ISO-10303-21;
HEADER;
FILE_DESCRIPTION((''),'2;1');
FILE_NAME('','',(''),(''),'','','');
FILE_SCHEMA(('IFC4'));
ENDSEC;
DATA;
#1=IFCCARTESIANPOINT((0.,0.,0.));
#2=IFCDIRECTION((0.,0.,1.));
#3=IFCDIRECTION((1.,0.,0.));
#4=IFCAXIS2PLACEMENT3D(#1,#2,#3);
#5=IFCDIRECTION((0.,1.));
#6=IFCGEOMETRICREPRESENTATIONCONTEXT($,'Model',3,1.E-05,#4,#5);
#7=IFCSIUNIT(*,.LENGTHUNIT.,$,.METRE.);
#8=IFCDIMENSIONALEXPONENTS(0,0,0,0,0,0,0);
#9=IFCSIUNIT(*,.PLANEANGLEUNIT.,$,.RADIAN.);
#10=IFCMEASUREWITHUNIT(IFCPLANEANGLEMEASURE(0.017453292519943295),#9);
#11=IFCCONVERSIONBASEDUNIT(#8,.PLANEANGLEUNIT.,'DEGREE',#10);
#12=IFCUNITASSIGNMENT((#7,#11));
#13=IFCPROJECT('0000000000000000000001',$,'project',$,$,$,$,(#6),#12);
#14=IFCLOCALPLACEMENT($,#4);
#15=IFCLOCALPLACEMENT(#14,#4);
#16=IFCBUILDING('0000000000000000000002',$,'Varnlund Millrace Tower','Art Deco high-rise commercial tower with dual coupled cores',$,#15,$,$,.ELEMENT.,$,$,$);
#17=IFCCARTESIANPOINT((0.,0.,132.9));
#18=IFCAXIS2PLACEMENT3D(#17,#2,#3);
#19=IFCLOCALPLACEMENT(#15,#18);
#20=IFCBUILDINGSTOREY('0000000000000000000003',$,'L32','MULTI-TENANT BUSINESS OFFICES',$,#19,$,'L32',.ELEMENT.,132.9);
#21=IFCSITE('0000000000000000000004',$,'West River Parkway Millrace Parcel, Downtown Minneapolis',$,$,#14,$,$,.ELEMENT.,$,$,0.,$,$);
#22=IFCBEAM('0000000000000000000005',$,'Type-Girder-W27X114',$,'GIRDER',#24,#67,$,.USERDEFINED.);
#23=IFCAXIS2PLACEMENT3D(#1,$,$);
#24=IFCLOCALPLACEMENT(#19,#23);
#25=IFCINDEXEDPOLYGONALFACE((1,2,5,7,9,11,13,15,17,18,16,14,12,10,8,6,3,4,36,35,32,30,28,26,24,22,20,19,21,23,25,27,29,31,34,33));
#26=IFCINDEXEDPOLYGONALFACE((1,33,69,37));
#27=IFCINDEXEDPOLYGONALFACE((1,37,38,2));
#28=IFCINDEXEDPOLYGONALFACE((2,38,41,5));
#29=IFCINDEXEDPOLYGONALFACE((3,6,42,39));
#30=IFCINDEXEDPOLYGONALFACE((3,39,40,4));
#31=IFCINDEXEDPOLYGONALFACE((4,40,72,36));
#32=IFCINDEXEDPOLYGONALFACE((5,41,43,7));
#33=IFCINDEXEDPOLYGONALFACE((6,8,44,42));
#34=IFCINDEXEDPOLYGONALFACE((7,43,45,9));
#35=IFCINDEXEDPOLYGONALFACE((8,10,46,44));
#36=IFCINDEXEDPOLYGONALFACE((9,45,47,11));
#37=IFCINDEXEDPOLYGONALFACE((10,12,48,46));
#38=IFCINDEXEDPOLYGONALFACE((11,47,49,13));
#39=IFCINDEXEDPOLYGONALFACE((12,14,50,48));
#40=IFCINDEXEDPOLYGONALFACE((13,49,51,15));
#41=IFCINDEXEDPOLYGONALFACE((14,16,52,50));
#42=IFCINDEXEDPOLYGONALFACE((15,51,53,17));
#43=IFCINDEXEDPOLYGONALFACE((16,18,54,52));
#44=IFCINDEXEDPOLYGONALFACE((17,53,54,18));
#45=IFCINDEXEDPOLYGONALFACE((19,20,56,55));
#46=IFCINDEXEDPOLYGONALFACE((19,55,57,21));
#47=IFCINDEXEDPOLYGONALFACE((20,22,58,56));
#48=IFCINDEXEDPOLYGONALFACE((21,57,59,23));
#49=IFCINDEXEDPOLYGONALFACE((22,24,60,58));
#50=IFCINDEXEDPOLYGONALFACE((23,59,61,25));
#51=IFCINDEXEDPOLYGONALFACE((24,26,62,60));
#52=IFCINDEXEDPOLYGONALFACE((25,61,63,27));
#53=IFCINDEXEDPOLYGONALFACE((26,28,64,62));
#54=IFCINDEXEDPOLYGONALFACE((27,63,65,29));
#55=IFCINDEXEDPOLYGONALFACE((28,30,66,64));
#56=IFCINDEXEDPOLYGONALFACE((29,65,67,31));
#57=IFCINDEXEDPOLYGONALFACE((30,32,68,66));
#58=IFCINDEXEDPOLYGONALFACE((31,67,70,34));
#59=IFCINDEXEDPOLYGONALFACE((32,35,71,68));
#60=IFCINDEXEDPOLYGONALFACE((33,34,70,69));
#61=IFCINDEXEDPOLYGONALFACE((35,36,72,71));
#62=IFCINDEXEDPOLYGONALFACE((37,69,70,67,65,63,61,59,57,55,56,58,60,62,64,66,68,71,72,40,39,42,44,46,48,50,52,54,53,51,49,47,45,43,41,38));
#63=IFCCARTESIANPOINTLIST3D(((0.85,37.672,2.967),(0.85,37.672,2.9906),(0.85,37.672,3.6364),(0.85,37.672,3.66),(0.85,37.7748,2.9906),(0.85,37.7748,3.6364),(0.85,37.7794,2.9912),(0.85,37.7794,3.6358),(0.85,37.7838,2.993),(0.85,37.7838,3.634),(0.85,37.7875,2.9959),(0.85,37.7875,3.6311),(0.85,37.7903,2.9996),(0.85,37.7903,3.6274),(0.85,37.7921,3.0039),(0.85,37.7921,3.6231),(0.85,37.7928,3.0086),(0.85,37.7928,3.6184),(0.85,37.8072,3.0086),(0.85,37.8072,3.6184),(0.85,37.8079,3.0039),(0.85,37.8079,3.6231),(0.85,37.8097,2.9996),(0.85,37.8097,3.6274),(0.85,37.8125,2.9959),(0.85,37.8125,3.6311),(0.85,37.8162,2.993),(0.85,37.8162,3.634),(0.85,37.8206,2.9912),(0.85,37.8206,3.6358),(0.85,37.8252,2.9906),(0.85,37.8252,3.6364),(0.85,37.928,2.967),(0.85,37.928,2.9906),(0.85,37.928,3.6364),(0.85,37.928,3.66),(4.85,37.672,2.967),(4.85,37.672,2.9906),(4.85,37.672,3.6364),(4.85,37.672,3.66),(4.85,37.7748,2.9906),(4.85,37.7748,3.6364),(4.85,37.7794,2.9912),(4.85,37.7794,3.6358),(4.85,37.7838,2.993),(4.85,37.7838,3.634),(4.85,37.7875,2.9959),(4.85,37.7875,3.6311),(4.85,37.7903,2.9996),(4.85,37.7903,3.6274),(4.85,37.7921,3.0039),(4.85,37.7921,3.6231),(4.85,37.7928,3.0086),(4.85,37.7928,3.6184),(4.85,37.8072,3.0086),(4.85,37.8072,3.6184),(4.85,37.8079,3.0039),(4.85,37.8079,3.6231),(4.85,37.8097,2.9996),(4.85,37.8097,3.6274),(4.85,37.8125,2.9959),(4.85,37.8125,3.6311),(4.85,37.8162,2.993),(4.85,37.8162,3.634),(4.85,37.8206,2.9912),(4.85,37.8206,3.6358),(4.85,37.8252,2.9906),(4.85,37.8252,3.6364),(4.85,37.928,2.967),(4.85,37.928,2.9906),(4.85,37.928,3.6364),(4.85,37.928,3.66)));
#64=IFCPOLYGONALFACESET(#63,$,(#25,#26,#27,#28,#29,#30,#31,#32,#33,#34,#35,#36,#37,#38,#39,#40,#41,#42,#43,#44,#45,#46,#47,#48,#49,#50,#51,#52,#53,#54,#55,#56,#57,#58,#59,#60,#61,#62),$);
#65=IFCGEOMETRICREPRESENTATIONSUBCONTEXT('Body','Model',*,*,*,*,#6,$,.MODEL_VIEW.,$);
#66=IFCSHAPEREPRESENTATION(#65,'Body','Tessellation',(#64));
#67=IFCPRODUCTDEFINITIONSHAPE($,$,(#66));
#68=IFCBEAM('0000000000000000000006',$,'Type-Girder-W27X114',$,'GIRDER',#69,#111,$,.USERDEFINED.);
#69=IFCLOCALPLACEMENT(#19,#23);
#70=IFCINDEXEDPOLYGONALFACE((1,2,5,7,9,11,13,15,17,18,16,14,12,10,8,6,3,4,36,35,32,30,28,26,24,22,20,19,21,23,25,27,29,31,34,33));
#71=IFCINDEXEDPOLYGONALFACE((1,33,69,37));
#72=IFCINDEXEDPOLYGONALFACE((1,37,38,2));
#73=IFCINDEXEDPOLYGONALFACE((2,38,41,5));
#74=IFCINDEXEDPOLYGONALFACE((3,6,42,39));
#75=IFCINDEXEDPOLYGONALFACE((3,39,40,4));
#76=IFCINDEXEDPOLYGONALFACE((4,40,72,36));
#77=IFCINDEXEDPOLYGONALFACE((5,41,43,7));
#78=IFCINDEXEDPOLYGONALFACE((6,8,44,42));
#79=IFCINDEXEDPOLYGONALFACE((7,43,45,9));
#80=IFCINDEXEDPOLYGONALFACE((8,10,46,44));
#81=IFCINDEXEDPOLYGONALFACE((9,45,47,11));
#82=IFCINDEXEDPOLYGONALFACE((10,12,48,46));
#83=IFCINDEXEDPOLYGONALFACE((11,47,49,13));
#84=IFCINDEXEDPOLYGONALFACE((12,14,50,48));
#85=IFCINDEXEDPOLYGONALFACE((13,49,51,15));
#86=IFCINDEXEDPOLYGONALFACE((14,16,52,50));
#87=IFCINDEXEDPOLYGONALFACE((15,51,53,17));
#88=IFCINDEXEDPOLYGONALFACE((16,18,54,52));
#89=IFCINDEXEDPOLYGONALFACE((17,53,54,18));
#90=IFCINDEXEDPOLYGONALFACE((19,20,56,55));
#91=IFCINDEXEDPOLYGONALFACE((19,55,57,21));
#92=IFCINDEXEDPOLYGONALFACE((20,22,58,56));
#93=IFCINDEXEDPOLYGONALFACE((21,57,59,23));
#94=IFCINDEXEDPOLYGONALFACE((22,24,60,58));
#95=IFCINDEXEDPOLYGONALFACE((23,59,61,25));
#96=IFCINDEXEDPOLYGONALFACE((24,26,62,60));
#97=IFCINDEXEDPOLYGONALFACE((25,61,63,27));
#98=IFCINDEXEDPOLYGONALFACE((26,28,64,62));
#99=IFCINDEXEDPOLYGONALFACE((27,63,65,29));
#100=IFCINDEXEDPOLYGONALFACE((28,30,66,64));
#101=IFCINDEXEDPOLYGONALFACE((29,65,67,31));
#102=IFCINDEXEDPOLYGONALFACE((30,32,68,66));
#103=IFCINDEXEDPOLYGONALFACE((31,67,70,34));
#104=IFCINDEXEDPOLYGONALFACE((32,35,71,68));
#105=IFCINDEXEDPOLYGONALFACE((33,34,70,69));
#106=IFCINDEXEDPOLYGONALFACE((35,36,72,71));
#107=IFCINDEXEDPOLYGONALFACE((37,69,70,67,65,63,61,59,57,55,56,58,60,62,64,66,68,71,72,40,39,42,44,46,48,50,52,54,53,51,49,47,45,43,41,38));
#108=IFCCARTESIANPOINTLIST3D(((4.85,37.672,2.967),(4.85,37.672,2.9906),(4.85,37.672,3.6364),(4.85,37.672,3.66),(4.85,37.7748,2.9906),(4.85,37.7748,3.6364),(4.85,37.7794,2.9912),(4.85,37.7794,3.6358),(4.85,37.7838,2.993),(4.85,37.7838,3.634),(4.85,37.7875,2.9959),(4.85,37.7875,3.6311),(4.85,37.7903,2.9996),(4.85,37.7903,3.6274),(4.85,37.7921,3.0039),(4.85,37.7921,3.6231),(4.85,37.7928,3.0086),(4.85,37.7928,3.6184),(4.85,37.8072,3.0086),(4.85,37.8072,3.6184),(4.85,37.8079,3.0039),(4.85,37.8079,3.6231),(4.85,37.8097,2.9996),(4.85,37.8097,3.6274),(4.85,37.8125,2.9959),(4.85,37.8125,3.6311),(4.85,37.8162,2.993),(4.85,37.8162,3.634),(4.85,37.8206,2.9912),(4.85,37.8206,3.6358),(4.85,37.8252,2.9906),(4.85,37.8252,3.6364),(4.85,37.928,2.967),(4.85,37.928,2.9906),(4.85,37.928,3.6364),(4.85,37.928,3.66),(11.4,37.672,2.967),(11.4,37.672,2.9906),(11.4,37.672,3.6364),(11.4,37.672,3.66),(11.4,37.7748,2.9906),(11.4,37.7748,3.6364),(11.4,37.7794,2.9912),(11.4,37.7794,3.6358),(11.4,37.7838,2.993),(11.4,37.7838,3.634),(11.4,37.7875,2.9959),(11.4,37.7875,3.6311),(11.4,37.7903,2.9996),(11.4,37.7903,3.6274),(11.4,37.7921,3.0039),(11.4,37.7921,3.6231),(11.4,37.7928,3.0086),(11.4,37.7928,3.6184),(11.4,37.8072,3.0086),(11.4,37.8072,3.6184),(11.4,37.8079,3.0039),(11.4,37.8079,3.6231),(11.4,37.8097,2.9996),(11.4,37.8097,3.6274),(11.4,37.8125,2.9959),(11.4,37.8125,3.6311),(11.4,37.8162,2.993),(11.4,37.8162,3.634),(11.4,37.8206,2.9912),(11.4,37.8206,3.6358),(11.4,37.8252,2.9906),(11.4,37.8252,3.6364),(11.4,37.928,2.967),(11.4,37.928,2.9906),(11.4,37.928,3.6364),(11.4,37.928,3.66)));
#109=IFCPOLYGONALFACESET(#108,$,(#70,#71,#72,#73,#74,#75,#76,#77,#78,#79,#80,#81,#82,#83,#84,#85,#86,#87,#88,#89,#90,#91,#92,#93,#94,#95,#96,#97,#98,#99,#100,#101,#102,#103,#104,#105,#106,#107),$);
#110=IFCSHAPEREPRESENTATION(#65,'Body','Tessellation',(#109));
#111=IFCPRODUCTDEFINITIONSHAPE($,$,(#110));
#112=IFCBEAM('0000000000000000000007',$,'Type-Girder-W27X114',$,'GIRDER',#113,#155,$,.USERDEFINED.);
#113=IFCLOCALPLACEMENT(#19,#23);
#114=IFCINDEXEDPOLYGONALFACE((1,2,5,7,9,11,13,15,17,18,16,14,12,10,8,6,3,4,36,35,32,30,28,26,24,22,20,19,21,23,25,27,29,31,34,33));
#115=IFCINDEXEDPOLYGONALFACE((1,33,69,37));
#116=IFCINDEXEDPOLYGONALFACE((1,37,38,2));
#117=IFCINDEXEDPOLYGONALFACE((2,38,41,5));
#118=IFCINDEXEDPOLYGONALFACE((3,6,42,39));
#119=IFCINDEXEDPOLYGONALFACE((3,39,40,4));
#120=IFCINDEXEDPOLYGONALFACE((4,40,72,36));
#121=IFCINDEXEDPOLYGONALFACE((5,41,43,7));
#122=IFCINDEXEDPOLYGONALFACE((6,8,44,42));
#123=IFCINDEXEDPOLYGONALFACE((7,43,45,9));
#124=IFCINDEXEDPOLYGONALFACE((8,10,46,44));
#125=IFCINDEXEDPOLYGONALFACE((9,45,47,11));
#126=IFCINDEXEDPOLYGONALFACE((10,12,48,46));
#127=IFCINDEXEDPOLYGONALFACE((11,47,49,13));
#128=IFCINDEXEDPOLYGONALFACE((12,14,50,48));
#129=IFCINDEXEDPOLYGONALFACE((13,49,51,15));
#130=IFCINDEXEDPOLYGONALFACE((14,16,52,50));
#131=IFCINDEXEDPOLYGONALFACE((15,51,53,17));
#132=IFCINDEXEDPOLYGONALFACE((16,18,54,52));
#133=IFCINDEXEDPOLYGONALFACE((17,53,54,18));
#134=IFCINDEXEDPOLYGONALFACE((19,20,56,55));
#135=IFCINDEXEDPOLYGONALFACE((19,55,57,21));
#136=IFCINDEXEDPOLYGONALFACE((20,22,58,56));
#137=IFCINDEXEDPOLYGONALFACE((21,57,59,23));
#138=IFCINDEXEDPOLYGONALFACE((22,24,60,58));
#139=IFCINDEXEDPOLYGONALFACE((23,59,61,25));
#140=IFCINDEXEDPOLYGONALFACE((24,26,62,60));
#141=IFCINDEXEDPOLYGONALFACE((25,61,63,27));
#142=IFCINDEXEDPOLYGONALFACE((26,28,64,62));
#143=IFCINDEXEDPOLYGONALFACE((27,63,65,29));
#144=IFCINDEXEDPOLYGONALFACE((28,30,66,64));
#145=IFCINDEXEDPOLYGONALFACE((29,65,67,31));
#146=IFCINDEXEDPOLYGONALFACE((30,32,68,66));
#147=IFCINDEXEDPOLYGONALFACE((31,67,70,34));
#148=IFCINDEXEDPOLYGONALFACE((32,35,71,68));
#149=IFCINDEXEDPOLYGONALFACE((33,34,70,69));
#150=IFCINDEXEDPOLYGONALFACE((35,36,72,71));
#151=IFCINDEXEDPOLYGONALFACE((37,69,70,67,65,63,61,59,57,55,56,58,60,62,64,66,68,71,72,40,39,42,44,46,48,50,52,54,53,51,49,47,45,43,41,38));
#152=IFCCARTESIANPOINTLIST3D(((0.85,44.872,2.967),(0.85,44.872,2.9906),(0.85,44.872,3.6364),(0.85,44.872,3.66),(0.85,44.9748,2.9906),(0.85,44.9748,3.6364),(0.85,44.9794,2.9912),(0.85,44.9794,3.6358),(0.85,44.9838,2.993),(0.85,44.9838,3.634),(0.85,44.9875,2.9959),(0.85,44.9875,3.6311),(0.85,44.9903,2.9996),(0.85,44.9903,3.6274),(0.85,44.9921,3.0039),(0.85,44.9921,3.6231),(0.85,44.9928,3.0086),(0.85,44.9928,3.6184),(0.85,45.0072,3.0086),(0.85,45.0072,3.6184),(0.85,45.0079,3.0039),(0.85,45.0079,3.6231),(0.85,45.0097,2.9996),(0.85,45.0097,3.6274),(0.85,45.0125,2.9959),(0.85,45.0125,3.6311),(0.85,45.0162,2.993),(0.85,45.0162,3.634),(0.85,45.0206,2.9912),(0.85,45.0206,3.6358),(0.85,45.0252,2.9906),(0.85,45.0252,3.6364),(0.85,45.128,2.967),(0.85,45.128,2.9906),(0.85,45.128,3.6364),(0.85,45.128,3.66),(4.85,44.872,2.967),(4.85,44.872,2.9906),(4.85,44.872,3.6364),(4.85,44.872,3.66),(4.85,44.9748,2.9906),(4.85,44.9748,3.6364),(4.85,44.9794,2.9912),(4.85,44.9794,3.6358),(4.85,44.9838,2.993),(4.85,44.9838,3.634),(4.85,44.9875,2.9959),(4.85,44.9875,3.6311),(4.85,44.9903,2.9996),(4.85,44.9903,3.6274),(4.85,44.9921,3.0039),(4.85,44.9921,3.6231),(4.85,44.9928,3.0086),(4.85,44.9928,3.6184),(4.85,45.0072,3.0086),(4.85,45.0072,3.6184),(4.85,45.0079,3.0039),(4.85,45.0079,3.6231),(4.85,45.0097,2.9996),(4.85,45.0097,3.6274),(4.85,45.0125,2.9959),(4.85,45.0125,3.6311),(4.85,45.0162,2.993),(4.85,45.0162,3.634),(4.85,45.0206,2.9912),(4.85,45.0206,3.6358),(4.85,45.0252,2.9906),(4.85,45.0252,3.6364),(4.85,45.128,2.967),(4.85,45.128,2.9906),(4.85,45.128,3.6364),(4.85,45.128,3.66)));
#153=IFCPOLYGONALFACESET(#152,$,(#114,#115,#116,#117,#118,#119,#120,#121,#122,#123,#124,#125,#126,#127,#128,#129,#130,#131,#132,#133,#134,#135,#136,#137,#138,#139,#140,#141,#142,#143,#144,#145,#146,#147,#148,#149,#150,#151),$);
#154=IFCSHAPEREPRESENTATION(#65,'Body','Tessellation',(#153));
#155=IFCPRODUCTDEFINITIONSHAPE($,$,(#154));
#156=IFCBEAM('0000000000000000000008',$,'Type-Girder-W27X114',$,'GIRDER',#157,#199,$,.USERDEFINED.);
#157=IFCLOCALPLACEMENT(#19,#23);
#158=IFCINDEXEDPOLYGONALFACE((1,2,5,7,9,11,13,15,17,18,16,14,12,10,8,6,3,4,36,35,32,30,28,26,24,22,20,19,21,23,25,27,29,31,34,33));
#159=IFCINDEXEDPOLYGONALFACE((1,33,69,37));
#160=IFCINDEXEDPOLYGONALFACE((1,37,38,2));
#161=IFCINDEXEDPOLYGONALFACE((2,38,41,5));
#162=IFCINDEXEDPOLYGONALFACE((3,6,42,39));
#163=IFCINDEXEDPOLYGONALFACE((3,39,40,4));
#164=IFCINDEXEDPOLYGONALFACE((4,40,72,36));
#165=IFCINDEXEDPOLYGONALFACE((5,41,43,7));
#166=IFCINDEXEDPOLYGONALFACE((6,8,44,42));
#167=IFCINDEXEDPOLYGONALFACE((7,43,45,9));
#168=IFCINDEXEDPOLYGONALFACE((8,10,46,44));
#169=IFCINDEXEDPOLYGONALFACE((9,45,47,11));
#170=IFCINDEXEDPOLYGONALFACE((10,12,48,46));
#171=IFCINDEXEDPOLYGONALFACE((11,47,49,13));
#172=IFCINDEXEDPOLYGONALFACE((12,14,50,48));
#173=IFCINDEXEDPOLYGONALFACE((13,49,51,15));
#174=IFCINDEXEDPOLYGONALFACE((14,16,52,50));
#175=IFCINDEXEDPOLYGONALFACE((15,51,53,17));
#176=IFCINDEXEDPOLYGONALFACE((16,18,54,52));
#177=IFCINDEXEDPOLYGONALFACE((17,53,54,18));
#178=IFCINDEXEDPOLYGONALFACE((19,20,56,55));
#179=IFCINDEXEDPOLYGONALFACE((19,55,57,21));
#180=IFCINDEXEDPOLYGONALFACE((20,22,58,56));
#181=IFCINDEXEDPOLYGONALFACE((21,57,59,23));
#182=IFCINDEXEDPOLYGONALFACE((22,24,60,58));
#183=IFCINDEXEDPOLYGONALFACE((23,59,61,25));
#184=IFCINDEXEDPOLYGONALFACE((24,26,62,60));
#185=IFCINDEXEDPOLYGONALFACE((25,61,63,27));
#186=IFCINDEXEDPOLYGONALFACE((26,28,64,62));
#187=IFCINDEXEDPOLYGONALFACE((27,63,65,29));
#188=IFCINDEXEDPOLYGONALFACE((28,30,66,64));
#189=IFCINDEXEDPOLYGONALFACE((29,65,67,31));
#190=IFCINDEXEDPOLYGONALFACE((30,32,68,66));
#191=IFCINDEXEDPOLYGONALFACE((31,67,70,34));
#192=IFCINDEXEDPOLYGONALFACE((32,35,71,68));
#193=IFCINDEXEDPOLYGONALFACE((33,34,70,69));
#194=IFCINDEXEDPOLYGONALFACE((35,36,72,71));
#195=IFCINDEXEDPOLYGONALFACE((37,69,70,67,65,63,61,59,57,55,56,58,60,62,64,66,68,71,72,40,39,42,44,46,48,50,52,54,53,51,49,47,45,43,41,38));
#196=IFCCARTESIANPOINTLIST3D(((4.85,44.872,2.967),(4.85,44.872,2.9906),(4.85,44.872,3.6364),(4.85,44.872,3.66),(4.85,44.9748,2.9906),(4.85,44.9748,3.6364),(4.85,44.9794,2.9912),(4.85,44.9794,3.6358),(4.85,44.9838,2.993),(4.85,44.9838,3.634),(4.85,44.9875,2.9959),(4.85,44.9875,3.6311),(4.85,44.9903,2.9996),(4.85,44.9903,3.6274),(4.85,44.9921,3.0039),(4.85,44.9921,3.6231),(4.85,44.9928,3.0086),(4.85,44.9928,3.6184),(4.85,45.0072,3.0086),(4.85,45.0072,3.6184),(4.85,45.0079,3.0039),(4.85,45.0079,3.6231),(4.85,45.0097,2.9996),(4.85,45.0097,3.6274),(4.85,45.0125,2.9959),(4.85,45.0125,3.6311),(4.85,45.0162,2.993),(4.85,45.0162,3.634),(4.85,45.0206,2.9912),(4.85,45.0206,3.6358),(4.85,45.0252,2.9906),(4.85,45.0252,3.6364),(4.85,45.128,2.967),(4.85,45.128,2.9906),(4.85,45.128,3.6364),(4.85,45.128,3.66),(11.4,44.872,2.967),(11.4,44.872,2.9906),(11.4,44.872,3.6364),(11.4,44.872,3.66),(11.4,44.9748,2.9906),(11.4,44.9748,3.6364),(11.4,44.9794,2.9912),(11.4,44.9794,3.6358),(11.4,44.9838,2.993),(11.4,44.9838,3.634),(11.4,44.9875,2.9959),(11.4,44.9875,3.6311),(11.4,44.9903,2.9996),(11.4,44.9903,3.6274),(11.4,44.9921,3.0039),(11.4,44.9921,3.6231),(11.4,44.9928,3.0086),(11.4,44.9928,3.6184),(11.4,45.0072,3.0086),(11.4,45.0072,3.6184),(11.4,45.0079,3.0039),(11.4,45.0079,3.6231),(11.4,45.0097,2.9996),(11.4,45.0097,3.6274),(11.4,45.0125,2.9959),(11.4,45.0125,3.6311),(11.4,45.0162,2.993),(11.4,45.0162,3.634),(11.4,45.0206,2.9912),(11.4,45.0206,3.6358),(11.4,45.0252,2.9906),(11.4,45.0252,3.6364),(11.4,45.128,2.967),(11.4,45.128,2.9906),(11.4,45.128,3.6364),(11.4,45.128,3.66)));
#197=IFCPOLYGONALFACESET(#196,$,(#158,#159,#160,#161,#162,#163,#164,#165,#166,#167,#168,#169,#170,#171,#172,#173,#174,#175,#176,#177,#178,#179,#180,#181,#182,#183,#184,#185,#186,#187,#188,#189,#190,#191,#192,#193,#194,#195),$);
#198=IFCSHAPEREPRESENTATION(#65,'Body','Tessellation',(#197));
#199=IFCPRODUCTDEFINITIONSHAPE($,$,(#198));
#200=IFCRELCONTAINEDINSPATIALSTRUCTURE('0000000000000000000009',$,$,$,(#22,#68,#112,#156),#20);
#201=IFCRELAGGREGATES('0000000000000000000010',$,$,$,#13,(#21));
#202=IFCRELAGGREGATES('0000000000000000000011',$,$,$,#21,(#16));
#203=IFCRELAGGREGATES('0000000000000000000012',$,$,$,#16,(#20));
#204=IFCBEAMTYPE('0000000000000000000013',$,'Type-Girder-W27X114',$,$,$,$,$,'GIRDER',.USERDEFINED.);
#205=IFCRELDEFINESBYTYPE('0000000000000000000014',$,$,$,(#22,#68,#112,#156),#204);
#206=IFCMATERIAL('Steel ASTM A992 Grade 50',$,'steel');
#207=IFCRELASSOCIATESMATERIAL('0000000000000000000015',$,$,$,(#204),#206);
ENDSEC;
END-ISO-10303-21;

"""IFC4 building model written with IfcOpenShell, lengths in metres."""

from ifc_helpers import new_model, entity, si_unit, converted_unit, direction, frame, origin_with_axes, origin_2d_with_axis, place, context, subcontext, project, spatial, i_section, extrude, material, material_profile, profile_set, type_object, element, save


model = new_model("IFC4")

# Units and contexts
model_context = context("Model", 3, precision=1e-05, world=origin_with_axes(), true_north=direction((0.0, 1.0)))
body_context = subcontext(model_context, "Body", "Model", "MODEL_VIEW")
ifc_project = project(units=[si_unit("LENGTHUNIT", "METRE"), converted_unit("PLANEANGLEUNIT", "DEGREE", entity("IfcPlaneAngleMeasure", 0.017453292519943295), si_unit("PLANEANGLEUNIT", "RADIAN"), dimensions=[0, 0, 0, 0, 0, 0, 0])], contexts=[model_context])

# Site, building, storey
site_placement = place(None, origin_with_axes())
site = spatial("IfcSite", under=ifc_project, at=site_placement, Name="West River Parkway Millrace Parcel, Downtown Minneapolis", CompositionType="ELEMENT", RefElevation=0.0)
building_placement = place(site_placement, origin_with_axes())
building = spatial("IfcBuilding", under=site, at=building_placement, Name="Varnlund Millrace Tower", Description="Art Deco high-rise commercial tower with dual coupled cores", CompositionType="ELEMENT")
storey_placement = place(building_placement, frame((0.0, 0.0, 132.9), z_axis=(0.0, 0.0, 1.0), x_axis=(1.0, 0.0, 0.0)))
storey = spatial("IfcBuildingStorey", under=building, at=storey_placement, Name="L32", Description="MULTI-TENANT BUSINESS OFFICES", LongName="L32", CompositionType="ELEMENT", Elevation=132.9)

# Beams
ifc_material_1 = material(Name="Steel ASTM A992 Grade 50", Category="steel")
ifc_material_profile_1 = material_profile(ifc_material_1, i_section(OverallWidth=0.256, OverallDepth=0.693, WebThickness=0.0145, FlangeThickness=0.0236, FilletRadius=0.018, at=origin_2d_with_axis()), Name="Steel ASTM A992 Grade 50")
ifc_profile_set_1 = profile_set([ifc_material_profile_1], Name="Steel ASTM A992 Grade 50")
beam_type_1 = type_object("IfcBeamType", Name="Type-Girder-W27X114", ElementType="GIRDER", PredefinedType="USERDEFINED", material=ifc_profile_set_1)
beam_1_placement = place(storey_placement, frame((0.85, 37.8, 3.3135), z_axis=(1.0, 0.0, 0.0), x_axis=(0.0, 1.0, 0.0)))
element("IfcBeam", 1, at=beam_1_placement, inside=storey, type_object=beam_type_1, Name="Type-Girder-W27X114", ObjectType="GIRDER", PredefinedType="USERDEFINED", context=body_context, shape_type="SweptSolid", body=[
    extrude(i_section(OverallWidth=0.256, OverallDepth=0.693, WebThickness=0.0145, FlangeThickness=0.0236, FilletRadius=0.018, at=origin_2d_with_axis()), origin_with_axes(), (0.0, 0.0, 1.0), 4.0),
])
beam_2_placement = place(storey_placement, frame((4.85, 37.8, 3.3135), z_axis=(1.0, 0.0, 0.0), x_axis=(0.0, 1.0, 0.0)))
element("IfcBeam", 2, at=beam_2_placement, inside=storey, type_object=beam_type_1, Name="Type-Girder-W27X114", ObjectType="GIRDER", PredefinedType="USERDEFINED", context=body_context, shape_type="SweptSolid", body=[
    extrude(i_section(OverallWidth=0.256, OverallDepth=0.693, WebThickness=0.0145, FlangeThickness=0.0236, FilletRadius=0.018, at=origin_2d_with_axis()), origin_with_axes(), (0.0, 0.0, 1.0), 6.55),
])
beam_3_placement = place(storey_placement, frame((0.85, 45.0, 3.3135), z_axis=(1.0, 0.0, 0.0), x_axis=(0.0, 1.0, 0.0)))
element("IfcBeam", 3, at=beam_3_placement, inside=storey, type_object=beam_type_1, Name="Type-Girder-W27X114", ObjectType="GIRDER", PredefinedType="USERDEFINED", context=body_context, shape_type="SweptSolid", body=[
    extrude(i_section(OverallWidth=0.256, OverallDepth=0.693, WebThickness=0.0145, FlangeThickness=0.0236, FilletRadius=0.018, at=origin_2d_with_axis()), origin_with_axes(), (0.0, 0.0, 1.0), 4.0),
])
beam_4_placement = place(storey_placement, frame((4.85, 45.0, 3.3135), z_axis=(1.0, 0.0, 0.0), x_axis=(0.0, 1.0, 0.0)))
element("IfcBeam", 4, at=beam_4_placement, inside=storey, type_object=beam_type_1, Name="Type-Girder-W27X114", ObjectType="GIRDER", PredefinedType="USERDEFINED", context=body_context, shape_type="SweptSolid", body=[
    extrude(i_section(OverallWidth=0.256, OverallDepth=0.693, WebThickness=0.0145, FlangeThickness=0.0236, FilletRadius=0.018, at=origin_2d_with_axis()), origin_with_axes(), (0.0, 0.0, 1.0), 6.55),
])

save(model, "model.ifc")
